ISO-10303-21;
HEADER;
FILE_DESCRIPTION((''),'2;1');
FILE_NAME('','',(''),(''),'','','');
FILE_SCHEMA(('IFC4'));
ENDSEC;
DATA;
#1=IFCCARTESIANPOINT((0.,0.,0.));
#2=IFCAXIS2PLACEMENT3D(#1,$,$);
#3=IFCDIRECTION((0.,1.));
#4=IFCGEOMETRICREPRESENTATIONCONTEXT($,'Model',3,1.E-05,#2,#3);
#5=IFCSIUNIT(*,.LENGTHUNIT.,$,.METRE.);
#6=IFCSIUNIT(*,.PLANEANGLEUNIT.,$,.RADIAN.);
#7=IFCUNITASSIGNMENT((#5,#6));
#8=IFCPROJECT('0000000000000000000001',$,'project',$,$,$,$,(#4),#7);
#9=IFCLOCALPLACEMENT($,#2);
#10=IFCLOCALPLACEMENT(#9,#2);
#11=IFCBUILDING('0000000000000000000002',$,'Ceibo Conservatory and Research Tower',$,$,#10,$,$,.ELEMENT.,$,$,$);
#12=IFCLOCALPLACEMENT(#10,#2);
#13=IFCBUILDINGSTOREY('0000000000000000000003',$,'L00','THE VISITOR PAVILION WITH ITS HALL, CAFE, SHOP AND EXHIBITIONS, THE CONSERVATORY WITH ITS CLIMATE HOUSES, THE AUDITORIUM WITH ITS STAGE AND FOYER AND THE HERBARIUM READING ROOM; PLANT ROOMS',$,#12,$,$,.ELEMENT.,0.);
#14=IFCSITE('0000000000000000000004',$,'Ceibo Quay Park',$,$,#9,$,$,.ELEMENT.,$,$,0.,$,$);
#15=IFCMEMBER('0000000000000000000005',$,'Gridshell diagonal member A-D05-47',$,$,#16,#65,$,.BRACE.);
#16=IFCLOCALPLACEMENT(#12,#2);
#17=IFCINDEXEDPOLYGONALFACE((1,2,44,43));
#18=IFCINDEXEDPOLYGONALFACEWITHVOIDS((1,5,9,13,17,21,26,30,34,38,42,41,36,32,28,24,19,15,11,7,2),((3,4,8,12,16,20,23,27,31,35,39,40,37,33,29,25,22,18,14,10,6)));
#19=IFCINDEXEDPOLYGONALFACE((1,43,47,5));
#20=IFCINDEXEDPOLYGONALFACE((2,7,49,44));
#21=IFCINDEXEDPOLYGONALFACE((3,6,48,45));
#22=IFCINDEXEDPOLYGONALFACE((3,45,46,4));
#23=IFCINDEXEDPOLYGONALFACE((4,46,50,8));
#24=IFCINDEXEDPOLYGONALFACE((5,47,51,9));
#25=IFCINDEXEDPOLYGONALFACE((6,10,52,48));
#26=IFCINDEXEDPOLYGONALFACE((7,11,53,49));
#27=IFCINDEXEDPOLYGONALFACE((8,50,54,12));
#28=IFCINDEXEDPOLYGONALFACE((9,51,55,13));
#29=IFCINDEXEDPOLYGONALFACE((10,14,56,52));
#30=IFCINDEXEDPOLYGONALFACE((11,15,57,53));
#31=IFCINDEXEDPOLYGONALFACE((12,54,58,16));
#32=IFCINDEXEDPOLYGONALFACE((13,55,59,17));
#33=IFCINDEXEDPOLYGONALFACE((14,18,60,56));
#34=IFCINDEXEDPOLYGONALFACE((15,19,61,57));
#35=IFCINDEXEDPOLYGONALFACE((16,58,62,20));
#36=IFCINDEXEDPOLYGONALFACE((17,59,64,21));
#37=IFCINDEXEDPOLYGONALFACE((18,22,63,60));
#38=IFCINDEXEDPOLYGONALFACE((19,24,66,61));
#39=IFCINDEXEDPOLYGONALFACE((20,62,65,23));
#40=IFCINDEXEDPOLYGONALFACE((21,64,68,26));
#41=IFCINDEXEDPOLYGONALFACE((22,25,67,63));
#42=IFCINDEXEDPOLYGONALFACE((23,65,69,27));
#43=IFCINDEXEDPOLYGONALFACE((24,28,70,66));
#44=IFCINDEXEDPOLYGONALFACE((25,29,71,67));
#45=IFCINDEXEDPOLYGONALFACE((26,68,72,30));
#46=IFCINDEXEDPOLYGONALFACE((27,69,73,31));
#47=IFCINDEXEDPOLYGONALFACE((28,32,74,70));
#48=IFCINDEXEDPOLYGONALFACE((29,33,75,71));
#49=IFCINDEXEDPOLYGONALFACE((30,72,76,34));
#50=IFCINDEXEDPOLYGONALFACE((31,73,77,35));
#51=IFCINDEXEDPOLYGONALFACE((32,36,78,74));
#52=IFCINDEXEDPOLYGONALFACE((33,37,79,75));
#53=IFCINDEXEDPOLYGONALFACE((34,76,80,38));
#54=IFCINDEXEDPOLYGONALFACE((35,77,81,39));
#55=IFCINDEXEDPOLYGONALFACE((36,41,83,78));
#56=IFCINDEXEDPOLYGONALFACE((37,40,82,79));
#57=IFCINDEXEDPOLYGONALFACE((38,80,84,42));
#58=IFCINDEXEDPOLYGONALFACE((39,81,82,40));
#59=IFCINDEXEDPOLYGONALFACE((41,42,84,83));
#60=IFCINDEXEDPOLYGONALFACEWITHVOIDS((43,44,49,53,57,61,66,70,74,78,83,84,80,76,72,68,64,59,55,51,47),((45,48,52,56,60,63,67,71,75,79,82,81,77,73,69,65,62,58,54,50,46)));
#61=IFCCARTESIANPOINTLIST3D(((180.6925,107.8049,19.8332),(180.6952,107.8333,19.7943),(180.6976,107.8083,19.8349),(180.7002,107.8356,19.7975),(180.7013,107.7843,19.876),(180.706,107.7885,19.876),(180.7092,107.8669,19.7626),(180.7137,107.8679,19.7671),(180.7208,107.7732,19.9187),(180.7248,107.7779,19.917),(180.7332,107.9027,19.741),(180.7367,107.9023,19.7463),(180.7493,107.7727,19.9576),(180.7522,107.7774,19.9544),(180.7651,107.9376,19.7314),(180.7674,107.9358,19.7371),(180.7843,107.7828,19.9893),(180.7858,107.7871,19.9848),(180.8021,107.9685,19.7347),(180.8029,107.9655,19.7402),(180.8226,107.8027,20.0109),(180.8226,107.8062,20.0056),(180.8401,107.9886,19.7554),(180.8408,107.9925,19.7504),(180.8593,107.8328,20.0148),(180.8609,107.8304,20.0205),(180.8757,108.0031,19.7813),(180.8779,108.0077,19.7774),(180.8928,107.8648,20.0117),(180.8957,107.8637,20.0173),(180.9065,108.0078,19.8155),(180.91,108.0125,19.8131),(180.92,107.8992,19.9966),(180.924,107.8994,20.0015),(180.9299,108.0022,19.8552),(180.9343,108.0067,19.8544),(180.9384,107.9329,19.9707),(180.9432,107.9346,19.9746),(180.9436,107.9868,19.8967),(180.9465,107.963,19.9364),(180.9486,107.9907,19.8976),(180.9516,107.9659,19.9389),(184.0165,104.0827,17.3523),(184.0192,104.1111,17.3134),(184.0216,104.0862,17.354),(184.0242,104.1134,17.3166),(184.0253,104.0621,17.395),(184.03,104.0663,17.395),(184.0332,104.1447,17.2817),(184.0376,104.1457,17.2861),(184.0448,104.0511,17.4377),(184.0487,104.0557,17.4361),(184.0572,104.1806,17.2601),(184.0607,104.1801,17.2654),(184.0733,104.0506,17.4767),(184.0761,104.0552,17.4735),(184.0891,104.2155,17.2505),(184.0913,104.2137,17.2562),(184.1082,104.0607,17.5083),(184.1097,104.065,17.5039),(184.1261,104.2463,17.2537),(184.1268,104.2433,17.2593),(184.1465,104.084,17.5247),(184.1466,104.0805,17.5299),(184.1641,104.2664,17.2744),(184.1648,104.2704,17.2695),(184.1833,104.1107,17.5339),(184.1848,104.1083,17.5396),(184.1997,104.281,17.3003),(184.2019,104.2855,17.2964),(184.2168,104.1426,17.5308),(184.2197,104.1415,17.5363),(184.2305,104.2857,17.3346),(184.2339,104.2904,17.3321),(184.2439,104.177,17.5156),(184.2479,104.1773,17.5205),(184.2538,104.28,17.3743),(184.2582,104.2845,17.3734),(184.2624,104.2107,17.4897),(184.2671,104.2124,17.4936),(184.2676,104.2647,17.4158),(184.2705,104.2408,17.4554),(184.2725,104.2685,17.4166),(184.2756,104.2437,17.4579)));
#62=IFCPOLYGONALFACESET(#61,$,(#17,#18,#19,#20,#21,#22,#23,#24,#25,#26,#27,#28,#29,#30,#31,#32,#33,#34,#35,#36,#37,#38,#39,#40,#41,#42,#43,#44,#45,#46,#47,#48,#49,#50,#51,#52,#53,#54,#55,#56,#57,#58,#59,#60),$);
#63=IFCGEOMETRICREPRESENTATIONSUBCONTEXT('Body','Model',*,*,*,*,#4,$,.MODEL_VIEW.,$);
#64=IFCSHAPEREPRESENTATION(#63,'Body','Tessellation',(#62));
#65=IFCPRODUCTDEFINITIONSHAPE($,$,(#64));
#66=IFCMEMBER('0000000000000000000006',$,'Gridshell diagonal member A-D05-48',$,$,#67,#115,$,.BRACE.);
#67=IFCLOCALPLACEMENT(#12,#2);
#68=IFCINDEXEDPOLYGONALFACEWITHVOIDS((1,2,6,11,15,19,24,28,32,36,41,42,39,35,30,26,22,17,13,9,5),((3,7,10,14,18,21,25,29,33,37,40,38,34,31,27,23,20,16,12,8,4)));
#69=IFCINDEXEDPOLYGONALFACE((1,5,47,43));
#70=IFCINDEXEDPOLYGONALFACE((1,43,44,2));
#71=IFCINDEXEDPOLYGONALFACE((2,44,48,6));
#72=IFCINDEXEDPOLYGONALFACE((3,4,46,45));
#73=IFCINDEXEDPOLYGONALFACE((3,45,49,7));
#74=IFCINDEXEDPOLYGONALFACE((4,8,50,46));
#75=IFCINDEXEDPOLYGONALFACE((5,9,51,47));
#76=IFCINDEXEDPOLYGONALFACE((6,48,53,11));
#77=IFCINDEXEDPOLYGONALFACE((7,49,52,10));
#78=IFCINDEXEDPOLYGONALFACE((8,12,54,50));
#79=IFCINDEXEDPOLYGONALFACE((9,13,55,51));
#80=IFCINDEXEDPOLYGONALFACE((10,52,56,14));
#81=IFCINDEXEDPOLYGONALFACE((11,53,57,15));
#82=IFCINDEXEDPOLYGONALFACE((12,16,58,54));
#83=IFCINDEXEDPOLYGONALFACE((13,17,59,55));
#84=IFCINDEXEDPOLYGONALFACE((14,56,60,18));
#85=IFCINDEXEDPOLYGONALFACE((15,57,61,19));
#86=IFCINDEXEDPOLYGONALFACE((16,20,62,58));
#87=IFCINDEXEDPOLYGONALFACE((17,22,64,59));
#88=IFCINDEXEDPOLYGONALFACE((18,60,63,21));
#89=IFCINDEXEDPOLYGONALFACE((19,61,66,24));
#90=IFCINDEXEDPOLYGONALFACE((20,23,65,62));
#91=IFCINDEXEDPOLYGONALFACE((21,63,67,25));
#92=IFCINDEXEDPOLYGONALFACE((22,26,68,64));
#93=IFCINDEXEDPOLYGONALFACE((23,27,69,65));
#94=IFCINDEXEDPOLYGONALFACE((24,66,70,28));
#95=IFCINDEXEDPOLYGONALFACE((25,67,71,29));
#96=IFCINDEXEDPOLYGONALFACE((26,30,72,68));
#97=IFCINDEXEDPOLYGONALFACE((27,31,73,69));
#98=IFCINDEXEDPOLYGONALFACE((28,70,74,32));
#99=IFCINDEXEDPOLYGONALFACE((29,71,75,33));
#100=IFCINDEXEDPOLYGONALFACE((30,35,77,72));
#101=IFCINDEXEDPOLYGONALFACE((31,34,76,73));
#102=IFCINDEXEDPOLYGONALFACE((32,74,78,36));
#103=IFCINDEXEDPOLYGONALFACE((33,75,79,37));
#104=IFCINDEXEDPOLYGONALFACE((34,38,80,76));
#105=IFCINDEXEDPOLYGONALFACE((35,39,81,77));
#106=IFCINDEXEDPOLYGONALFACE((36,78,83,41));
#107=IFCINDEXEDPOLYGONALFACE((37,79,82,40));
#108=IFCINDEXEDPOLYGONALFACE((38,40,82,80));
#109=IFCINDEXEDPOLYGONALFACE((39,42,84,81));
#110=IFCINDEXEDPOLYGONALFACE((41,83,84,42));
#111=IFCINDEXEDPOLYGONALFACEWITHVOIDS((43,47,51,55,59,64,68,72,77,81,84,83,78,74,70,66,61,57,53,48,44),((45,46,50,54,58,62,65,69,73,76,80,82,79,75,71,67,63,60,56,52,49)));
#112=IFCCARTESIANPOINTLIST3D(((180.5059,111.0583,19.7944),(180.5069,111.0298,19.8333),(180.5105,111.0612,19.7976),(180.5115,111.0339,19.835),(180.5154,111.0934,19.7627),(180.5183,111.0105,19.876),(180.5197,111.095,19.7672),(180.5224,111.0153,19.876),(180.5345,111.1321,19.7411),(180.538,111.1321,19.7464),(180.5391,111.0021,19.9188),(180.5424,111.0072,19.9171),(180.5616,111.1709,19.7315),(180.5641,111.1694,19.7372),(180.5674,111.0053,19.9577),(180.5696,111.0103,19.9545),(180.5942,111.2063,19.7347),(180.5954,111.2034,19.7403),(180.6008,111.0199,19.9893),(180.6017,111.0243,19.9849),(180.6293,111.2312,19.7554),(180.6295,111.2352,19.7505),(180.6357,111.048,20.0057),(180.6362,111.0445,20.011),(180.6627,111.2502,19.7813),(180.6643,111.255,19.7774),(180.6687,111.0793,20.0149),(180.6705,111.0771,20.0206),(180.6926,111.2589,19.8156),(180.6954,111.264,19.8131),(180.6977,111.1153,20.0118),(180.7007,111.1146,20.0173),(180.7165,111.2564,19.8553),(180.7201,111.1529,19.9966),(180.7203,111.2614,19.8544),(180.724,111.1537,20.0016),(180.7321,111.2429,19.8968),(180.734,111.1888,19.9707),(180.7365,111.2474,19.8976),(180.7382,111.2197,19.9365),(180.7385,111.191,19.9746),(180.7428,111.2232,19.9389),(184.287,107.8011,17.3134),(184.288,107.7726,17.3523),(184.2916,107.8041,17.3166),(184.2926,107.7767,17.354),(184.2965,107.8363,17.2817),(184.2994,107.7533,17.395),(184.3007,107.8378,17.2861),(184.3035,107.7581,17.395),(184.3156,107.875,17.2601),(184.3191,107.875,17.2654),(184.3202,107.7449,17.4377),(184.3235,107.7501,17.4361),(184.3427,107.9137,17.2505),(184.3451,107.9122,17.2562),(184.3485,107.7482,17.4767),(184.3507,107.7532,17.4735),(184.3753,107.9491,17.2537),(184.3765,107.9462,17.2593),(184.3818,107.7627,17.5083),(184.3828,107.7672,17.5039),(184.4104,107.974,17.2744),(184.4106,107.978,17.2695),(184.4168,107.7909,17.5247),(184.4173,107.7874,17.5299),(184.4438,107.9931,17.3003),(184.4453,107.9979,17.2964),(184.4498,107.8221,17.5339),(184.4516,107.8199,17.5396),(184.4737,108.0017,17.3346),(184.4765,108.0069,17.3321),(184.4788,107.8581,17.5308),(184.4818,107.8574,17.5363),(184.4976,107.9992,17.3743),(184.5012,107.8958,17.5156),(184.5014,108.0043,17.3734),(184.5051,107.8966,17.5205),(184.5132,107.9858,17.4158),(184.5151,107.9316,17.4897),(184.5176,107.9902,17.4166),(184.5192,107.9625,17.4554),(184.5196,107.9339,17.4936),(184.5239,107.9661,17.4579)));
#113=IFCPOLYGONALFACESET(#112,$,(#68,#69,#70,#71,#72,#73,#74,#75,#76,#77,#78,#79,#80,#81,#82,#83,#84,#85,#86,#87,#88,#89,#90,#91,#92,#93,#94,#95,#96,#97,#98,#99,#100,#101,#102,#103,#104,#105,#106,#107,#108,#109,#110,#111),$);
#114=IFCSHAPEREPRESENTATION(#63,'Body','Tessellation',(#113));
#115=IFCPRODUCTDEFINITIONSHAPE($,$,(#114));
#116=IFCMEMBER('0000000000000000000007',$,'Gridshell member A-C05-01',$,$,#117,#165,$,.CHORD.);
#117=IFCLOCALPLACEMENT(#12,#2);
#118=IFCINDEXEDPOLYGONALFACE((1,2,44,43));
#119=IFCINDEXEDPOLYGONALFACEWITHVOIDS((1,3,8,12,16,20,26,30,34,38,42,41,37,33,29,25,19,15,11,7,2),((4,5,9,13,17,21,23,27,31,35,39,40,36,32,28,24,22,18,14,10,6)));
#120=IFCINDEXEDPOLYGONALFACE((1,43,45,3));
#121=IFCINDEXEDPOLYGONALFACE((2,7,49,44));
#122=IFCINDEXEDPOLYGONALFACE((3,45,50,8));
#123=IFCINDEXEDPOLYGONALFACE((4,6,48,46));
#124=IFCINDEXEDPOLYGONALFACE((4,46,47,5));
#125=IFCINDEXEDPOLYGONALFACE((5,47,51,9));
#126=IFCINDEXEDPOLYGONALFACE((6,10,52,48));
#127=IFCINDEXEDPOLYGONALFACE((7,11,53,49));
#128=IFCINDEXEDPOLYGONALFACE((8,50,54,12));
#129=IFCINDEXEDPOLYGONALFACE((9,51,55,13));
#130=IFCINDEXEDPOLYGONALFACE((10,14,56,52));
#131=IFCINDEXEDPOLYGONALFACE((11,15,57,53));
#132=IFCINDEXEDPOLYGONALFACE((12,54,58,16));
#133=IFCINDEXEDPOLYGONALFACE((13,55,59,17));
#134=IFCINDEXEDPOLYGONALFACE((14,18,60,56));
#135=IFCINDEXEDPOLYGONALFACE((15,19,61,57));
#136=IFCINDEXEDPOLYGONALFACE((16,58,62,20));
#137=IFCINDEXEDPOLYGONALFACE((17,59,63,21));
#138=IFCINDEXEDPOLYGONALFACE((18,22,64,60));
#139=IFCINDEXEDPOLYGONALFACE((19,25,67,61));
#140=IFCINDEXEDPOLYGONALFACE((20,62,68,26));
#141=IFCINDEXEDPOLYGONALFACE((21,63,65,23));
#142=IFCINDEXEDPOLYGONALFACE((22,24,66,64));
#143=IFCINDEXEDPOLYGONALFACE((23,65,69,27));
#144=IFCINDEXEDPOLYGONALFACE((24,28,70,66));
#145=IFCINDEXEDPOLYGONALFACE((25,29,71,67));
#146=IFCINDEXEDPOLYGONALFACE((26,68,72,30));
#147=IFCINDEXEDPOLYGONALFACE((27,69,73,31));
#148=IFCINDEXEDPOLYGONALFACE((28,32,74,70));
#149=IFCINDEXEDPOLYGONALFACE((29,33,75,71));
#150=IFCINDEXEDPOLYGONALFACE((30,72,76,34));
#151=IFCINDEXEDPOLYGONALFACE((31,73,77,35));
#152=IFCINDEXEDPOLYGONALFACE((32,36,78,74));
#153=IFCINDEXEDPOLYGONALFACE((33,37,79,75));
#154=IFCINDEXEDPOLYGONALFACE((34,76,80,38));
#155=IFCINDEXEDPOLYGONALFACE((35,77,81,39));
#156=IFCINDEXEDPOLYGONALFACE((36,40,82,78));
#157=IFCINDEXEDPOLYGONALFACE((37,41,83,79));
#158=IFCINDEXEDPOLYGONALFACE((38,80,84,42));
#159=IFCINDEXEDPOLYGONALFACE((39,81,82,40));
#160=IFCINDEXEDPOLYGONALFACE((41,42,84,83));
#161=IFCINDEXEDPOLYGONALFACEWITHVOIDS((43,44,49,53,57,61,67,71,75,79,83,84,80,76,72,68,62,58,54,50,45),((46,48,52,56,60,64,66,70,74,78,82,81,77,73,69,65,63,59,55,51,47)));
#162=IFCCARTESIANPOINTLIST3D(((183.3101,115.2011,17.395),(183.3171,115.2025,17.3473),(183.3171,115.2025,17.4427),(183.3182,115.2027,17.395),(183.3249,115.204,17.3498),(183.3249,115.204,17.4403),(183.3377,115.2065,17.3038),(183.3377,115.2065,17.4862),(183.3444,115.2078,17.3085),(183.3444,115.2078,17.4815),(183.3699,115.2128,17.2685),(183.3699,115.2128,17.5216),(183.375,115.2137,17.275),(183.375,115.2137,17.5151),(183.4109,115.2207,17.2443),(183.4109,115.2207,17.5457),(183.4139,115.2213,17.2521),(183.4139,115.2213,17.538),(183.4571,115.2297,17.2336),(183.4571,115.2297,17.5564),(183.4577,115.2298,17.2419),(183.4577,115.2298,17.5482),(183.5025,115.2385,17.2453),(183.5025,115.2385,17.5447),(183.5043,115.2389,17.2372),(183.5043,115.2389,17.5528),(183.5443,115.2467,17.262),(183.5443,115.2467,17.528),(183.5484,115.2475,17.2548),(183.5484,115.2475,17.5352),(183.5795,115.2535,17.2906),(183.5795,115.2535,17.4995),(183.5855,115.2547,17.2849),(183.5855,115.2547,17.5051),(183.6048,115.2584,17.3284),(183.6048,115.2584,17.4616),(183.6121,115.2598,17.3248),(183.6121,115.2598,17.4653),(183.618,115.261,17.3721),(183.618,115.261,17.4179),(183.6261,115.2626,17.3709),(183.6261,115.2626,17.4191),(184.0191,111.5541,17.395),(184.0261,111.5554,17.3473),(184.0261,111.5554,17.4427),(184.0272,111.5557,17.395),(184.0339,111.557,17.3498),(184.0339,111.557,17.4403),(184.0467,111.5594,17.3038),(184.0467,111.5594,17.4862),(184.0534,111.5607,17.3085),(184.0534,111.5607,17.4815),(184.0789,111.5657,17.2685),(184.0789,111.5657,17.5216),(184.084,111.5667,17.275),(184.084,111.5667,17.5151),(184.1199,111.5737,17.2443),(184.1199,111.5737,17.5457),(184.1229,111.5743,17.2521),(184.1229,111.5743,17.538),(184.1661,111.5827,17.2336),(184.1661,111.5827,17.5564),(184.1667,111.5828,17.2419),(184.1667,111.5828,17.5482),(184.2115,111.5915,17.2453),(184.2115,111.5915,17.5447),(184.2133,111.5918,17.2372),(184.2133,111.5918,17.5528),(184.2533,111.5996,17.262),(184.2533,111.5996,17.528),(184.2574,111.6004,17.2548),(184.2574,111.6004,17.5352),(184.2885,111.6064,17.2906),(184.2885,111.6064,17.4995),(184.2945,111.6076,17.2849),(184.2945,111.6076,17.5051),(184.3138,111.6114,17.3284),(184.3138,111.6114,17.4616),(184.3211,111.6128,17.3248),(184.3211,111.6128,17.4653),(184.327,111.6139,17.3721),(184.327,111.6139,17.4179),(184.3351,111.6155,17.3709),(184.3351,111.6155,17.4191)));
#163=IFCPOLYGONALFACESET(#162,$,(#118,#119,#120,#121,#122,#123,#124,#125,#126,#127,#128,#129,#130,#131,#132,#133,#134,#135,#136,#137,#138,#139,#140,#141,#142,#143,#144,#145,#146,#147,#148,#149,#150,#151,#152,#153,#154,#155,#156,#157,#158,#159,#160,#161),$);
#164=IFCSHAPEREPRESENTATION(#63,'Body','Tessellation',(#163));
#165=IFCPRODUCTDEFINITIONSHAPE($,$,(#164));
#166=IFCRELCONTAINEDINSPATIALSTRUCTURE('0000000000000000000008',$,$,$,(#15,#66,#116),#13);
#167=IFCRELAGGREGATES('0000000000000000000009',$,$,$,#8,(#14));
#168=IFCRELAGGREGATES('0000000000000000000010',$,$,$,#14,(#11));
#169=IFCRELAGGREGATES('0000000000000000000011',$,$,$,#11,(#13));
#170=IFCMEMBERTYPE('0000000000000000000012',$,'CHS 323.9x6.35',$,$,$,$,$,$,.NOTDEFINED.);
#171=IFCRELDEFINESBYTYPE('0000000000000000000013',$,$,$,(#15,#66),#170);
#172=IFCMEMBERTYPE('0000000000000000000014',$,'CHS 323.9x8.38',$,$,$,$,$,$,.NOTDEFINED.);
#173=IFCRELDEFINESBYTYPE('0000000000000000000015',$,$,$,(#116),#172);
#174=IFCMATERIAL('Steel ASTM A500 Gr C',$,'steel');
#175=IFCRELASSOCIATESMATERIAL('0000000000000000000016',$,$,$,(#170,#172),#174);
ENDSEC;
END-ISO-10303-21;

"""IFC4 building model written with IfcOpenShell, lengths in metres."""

from ifc_helpers import new_model, si_unit, direction, frame, origin, origin_2d, place, context, subcontext, project, spatial, hollow_circle, extrude, material, material_profile, profile_set, type_object, element, save


model = new_model("IFC4")

# Units and contexts
model_context = context("Model", 3, precision=1e-05, world=origin(), true_north=direction((0.0, 1.0)))
body_context = subcontext(model_context, "Body", "Model", "MODEL_VIEW")
ifc_project = project(units=[si_unit("LENGTHUNIT", "METRE"), si_unit("PLANEANGLEUNIT", "RADIAN")], contexts=[model_context])

# Site, building, storey
site_placement = place(None, origin())
site = spatial("IfcSite", under=ifc_project, at=site_placement, Name="Ceibo Quay Park", CompositionType="ELEMENT", RefElevation=0.0)
building_placement = place(site_placement, origin())
building = spatial("IfcBuilding", under=site, at=building_placement, Name="Ceibo Conservatory and Research Tower", CompositionType="ELEMENT")
storey_placement = place(building_placement, origin())
storey = spatial("IfcBuildingStorey", under=building, at=storey_placement, Name="L00", Description="THE VISITOR PAVILION WITH ITS HALL, CAFE, SHOP AND EXHIBITIONS, THE CONSERVATORY WITH ITS CLIMATE HOUSES, THE AUDITORIUM WITH ITS STAGE AND FOYER AND THE HERBARIUM READING ROOM; PLANT ROOMS", CompositionType="ELEMENT", Elevation=0.0)

# Members
ifc_material_1 = material(Name="Steel ASTM A500 Gr C", Category="steel")
ifc_material_profile_1 = material_profile(ifc_material_1, hollow_circle(Radius=0.1619, WallThickness=0.0063, at=origin_2d()), Name="CHS 323.9x6.35")
ifc_profile_set_1 = profile_set([ifc_material_profile_1], Name="Steel ASTM A500 Gr C")
member_type_1 = type_object("IfcMemberType", Name="CHS 323.9x6.35", PredefinedType="NOTDEFINED", material=ifc_profile_set_1)
for number, where, z_axis, x_axis, name in (
    (1, (184.146, 104.1699, 17.395), (-0.596441, 0.667891, 0.445173), (-0.745877, -0.666084, 0.0), "Gridshell diagonal member A-D05-47"),
):
    element("IfcMember", number, at=place(storey_placement, frame(where, z_axis=z_axis, x_axis=x_axis)), inside=storey, type_object=member_type_1, Name=name, PredefinedType="BRACE", context=body_context, shape_type="SweptSolid", body=[
        extrude(hollow_circle(Radius=0.1619, WallThickness=0.0063, at=origin_2d()), origin(), (0.0, 0.0, 1.0), 5.573),
    ])
member_1_placement = place(storey_placement, frame((184.405, 107.876, 17.395), z_axis=(-0.678435, 0.584426, 0.445164), x_axis=(-0.652663, -0.757649, 0.0)))
element("IfcMember", 2, at=member_1_placement, inside=storey, type_object=member_type_1, Name="Gridshell diagonal member A-D05-48", PredefinedType="BRACE", context=body_context, shape_type="SweptSolid", body=[
    extrude(hollow_circle(Radius=0.1619, WallThickness=0.0063, at=origin_2d()), origin(), (0.0, 0.0, 1.0), 5.5732),
])
ifc_material_profile_2 = material_profile(ifc_material_1, hollow_circle(Radius=0.1619, WallThickness=0.0083, at=origin_2d()), Name="CHS 323.9x8.38")
ifc_profile_set_2 = profile_set([ifc_material_profile_2], Name="Steel ASTM A500 Gr C")
member_type_2 = type_object("IfcMemberType", Name="CHS 323.9x8.38", PredefinedType="NOTDEFINED", material=ifc_profile_set_2)
member_2_placement = place(storey_placement, frame((184.178, 111.585, 17.395), z_axis=(-0.190831, 0.981623, 0.0), x_axis=(-0.981623, -0.190831, 0.0)))
element("IfcMember", 3, at=member_2_placement, inside=storey, type_object=member_type_2, Name="Gridshell member A-C05-01", PredefinedType="CHORD", context=body_context, shape_type="SweptSolid", body=[
    extrude(hollow_circle(Radius=0.1619, WallThickness=0.0083, at=origin_2d()), origin(), (0.0, 0.0, 1.0), 3.7153),
])

save(model, "model.ifc")
